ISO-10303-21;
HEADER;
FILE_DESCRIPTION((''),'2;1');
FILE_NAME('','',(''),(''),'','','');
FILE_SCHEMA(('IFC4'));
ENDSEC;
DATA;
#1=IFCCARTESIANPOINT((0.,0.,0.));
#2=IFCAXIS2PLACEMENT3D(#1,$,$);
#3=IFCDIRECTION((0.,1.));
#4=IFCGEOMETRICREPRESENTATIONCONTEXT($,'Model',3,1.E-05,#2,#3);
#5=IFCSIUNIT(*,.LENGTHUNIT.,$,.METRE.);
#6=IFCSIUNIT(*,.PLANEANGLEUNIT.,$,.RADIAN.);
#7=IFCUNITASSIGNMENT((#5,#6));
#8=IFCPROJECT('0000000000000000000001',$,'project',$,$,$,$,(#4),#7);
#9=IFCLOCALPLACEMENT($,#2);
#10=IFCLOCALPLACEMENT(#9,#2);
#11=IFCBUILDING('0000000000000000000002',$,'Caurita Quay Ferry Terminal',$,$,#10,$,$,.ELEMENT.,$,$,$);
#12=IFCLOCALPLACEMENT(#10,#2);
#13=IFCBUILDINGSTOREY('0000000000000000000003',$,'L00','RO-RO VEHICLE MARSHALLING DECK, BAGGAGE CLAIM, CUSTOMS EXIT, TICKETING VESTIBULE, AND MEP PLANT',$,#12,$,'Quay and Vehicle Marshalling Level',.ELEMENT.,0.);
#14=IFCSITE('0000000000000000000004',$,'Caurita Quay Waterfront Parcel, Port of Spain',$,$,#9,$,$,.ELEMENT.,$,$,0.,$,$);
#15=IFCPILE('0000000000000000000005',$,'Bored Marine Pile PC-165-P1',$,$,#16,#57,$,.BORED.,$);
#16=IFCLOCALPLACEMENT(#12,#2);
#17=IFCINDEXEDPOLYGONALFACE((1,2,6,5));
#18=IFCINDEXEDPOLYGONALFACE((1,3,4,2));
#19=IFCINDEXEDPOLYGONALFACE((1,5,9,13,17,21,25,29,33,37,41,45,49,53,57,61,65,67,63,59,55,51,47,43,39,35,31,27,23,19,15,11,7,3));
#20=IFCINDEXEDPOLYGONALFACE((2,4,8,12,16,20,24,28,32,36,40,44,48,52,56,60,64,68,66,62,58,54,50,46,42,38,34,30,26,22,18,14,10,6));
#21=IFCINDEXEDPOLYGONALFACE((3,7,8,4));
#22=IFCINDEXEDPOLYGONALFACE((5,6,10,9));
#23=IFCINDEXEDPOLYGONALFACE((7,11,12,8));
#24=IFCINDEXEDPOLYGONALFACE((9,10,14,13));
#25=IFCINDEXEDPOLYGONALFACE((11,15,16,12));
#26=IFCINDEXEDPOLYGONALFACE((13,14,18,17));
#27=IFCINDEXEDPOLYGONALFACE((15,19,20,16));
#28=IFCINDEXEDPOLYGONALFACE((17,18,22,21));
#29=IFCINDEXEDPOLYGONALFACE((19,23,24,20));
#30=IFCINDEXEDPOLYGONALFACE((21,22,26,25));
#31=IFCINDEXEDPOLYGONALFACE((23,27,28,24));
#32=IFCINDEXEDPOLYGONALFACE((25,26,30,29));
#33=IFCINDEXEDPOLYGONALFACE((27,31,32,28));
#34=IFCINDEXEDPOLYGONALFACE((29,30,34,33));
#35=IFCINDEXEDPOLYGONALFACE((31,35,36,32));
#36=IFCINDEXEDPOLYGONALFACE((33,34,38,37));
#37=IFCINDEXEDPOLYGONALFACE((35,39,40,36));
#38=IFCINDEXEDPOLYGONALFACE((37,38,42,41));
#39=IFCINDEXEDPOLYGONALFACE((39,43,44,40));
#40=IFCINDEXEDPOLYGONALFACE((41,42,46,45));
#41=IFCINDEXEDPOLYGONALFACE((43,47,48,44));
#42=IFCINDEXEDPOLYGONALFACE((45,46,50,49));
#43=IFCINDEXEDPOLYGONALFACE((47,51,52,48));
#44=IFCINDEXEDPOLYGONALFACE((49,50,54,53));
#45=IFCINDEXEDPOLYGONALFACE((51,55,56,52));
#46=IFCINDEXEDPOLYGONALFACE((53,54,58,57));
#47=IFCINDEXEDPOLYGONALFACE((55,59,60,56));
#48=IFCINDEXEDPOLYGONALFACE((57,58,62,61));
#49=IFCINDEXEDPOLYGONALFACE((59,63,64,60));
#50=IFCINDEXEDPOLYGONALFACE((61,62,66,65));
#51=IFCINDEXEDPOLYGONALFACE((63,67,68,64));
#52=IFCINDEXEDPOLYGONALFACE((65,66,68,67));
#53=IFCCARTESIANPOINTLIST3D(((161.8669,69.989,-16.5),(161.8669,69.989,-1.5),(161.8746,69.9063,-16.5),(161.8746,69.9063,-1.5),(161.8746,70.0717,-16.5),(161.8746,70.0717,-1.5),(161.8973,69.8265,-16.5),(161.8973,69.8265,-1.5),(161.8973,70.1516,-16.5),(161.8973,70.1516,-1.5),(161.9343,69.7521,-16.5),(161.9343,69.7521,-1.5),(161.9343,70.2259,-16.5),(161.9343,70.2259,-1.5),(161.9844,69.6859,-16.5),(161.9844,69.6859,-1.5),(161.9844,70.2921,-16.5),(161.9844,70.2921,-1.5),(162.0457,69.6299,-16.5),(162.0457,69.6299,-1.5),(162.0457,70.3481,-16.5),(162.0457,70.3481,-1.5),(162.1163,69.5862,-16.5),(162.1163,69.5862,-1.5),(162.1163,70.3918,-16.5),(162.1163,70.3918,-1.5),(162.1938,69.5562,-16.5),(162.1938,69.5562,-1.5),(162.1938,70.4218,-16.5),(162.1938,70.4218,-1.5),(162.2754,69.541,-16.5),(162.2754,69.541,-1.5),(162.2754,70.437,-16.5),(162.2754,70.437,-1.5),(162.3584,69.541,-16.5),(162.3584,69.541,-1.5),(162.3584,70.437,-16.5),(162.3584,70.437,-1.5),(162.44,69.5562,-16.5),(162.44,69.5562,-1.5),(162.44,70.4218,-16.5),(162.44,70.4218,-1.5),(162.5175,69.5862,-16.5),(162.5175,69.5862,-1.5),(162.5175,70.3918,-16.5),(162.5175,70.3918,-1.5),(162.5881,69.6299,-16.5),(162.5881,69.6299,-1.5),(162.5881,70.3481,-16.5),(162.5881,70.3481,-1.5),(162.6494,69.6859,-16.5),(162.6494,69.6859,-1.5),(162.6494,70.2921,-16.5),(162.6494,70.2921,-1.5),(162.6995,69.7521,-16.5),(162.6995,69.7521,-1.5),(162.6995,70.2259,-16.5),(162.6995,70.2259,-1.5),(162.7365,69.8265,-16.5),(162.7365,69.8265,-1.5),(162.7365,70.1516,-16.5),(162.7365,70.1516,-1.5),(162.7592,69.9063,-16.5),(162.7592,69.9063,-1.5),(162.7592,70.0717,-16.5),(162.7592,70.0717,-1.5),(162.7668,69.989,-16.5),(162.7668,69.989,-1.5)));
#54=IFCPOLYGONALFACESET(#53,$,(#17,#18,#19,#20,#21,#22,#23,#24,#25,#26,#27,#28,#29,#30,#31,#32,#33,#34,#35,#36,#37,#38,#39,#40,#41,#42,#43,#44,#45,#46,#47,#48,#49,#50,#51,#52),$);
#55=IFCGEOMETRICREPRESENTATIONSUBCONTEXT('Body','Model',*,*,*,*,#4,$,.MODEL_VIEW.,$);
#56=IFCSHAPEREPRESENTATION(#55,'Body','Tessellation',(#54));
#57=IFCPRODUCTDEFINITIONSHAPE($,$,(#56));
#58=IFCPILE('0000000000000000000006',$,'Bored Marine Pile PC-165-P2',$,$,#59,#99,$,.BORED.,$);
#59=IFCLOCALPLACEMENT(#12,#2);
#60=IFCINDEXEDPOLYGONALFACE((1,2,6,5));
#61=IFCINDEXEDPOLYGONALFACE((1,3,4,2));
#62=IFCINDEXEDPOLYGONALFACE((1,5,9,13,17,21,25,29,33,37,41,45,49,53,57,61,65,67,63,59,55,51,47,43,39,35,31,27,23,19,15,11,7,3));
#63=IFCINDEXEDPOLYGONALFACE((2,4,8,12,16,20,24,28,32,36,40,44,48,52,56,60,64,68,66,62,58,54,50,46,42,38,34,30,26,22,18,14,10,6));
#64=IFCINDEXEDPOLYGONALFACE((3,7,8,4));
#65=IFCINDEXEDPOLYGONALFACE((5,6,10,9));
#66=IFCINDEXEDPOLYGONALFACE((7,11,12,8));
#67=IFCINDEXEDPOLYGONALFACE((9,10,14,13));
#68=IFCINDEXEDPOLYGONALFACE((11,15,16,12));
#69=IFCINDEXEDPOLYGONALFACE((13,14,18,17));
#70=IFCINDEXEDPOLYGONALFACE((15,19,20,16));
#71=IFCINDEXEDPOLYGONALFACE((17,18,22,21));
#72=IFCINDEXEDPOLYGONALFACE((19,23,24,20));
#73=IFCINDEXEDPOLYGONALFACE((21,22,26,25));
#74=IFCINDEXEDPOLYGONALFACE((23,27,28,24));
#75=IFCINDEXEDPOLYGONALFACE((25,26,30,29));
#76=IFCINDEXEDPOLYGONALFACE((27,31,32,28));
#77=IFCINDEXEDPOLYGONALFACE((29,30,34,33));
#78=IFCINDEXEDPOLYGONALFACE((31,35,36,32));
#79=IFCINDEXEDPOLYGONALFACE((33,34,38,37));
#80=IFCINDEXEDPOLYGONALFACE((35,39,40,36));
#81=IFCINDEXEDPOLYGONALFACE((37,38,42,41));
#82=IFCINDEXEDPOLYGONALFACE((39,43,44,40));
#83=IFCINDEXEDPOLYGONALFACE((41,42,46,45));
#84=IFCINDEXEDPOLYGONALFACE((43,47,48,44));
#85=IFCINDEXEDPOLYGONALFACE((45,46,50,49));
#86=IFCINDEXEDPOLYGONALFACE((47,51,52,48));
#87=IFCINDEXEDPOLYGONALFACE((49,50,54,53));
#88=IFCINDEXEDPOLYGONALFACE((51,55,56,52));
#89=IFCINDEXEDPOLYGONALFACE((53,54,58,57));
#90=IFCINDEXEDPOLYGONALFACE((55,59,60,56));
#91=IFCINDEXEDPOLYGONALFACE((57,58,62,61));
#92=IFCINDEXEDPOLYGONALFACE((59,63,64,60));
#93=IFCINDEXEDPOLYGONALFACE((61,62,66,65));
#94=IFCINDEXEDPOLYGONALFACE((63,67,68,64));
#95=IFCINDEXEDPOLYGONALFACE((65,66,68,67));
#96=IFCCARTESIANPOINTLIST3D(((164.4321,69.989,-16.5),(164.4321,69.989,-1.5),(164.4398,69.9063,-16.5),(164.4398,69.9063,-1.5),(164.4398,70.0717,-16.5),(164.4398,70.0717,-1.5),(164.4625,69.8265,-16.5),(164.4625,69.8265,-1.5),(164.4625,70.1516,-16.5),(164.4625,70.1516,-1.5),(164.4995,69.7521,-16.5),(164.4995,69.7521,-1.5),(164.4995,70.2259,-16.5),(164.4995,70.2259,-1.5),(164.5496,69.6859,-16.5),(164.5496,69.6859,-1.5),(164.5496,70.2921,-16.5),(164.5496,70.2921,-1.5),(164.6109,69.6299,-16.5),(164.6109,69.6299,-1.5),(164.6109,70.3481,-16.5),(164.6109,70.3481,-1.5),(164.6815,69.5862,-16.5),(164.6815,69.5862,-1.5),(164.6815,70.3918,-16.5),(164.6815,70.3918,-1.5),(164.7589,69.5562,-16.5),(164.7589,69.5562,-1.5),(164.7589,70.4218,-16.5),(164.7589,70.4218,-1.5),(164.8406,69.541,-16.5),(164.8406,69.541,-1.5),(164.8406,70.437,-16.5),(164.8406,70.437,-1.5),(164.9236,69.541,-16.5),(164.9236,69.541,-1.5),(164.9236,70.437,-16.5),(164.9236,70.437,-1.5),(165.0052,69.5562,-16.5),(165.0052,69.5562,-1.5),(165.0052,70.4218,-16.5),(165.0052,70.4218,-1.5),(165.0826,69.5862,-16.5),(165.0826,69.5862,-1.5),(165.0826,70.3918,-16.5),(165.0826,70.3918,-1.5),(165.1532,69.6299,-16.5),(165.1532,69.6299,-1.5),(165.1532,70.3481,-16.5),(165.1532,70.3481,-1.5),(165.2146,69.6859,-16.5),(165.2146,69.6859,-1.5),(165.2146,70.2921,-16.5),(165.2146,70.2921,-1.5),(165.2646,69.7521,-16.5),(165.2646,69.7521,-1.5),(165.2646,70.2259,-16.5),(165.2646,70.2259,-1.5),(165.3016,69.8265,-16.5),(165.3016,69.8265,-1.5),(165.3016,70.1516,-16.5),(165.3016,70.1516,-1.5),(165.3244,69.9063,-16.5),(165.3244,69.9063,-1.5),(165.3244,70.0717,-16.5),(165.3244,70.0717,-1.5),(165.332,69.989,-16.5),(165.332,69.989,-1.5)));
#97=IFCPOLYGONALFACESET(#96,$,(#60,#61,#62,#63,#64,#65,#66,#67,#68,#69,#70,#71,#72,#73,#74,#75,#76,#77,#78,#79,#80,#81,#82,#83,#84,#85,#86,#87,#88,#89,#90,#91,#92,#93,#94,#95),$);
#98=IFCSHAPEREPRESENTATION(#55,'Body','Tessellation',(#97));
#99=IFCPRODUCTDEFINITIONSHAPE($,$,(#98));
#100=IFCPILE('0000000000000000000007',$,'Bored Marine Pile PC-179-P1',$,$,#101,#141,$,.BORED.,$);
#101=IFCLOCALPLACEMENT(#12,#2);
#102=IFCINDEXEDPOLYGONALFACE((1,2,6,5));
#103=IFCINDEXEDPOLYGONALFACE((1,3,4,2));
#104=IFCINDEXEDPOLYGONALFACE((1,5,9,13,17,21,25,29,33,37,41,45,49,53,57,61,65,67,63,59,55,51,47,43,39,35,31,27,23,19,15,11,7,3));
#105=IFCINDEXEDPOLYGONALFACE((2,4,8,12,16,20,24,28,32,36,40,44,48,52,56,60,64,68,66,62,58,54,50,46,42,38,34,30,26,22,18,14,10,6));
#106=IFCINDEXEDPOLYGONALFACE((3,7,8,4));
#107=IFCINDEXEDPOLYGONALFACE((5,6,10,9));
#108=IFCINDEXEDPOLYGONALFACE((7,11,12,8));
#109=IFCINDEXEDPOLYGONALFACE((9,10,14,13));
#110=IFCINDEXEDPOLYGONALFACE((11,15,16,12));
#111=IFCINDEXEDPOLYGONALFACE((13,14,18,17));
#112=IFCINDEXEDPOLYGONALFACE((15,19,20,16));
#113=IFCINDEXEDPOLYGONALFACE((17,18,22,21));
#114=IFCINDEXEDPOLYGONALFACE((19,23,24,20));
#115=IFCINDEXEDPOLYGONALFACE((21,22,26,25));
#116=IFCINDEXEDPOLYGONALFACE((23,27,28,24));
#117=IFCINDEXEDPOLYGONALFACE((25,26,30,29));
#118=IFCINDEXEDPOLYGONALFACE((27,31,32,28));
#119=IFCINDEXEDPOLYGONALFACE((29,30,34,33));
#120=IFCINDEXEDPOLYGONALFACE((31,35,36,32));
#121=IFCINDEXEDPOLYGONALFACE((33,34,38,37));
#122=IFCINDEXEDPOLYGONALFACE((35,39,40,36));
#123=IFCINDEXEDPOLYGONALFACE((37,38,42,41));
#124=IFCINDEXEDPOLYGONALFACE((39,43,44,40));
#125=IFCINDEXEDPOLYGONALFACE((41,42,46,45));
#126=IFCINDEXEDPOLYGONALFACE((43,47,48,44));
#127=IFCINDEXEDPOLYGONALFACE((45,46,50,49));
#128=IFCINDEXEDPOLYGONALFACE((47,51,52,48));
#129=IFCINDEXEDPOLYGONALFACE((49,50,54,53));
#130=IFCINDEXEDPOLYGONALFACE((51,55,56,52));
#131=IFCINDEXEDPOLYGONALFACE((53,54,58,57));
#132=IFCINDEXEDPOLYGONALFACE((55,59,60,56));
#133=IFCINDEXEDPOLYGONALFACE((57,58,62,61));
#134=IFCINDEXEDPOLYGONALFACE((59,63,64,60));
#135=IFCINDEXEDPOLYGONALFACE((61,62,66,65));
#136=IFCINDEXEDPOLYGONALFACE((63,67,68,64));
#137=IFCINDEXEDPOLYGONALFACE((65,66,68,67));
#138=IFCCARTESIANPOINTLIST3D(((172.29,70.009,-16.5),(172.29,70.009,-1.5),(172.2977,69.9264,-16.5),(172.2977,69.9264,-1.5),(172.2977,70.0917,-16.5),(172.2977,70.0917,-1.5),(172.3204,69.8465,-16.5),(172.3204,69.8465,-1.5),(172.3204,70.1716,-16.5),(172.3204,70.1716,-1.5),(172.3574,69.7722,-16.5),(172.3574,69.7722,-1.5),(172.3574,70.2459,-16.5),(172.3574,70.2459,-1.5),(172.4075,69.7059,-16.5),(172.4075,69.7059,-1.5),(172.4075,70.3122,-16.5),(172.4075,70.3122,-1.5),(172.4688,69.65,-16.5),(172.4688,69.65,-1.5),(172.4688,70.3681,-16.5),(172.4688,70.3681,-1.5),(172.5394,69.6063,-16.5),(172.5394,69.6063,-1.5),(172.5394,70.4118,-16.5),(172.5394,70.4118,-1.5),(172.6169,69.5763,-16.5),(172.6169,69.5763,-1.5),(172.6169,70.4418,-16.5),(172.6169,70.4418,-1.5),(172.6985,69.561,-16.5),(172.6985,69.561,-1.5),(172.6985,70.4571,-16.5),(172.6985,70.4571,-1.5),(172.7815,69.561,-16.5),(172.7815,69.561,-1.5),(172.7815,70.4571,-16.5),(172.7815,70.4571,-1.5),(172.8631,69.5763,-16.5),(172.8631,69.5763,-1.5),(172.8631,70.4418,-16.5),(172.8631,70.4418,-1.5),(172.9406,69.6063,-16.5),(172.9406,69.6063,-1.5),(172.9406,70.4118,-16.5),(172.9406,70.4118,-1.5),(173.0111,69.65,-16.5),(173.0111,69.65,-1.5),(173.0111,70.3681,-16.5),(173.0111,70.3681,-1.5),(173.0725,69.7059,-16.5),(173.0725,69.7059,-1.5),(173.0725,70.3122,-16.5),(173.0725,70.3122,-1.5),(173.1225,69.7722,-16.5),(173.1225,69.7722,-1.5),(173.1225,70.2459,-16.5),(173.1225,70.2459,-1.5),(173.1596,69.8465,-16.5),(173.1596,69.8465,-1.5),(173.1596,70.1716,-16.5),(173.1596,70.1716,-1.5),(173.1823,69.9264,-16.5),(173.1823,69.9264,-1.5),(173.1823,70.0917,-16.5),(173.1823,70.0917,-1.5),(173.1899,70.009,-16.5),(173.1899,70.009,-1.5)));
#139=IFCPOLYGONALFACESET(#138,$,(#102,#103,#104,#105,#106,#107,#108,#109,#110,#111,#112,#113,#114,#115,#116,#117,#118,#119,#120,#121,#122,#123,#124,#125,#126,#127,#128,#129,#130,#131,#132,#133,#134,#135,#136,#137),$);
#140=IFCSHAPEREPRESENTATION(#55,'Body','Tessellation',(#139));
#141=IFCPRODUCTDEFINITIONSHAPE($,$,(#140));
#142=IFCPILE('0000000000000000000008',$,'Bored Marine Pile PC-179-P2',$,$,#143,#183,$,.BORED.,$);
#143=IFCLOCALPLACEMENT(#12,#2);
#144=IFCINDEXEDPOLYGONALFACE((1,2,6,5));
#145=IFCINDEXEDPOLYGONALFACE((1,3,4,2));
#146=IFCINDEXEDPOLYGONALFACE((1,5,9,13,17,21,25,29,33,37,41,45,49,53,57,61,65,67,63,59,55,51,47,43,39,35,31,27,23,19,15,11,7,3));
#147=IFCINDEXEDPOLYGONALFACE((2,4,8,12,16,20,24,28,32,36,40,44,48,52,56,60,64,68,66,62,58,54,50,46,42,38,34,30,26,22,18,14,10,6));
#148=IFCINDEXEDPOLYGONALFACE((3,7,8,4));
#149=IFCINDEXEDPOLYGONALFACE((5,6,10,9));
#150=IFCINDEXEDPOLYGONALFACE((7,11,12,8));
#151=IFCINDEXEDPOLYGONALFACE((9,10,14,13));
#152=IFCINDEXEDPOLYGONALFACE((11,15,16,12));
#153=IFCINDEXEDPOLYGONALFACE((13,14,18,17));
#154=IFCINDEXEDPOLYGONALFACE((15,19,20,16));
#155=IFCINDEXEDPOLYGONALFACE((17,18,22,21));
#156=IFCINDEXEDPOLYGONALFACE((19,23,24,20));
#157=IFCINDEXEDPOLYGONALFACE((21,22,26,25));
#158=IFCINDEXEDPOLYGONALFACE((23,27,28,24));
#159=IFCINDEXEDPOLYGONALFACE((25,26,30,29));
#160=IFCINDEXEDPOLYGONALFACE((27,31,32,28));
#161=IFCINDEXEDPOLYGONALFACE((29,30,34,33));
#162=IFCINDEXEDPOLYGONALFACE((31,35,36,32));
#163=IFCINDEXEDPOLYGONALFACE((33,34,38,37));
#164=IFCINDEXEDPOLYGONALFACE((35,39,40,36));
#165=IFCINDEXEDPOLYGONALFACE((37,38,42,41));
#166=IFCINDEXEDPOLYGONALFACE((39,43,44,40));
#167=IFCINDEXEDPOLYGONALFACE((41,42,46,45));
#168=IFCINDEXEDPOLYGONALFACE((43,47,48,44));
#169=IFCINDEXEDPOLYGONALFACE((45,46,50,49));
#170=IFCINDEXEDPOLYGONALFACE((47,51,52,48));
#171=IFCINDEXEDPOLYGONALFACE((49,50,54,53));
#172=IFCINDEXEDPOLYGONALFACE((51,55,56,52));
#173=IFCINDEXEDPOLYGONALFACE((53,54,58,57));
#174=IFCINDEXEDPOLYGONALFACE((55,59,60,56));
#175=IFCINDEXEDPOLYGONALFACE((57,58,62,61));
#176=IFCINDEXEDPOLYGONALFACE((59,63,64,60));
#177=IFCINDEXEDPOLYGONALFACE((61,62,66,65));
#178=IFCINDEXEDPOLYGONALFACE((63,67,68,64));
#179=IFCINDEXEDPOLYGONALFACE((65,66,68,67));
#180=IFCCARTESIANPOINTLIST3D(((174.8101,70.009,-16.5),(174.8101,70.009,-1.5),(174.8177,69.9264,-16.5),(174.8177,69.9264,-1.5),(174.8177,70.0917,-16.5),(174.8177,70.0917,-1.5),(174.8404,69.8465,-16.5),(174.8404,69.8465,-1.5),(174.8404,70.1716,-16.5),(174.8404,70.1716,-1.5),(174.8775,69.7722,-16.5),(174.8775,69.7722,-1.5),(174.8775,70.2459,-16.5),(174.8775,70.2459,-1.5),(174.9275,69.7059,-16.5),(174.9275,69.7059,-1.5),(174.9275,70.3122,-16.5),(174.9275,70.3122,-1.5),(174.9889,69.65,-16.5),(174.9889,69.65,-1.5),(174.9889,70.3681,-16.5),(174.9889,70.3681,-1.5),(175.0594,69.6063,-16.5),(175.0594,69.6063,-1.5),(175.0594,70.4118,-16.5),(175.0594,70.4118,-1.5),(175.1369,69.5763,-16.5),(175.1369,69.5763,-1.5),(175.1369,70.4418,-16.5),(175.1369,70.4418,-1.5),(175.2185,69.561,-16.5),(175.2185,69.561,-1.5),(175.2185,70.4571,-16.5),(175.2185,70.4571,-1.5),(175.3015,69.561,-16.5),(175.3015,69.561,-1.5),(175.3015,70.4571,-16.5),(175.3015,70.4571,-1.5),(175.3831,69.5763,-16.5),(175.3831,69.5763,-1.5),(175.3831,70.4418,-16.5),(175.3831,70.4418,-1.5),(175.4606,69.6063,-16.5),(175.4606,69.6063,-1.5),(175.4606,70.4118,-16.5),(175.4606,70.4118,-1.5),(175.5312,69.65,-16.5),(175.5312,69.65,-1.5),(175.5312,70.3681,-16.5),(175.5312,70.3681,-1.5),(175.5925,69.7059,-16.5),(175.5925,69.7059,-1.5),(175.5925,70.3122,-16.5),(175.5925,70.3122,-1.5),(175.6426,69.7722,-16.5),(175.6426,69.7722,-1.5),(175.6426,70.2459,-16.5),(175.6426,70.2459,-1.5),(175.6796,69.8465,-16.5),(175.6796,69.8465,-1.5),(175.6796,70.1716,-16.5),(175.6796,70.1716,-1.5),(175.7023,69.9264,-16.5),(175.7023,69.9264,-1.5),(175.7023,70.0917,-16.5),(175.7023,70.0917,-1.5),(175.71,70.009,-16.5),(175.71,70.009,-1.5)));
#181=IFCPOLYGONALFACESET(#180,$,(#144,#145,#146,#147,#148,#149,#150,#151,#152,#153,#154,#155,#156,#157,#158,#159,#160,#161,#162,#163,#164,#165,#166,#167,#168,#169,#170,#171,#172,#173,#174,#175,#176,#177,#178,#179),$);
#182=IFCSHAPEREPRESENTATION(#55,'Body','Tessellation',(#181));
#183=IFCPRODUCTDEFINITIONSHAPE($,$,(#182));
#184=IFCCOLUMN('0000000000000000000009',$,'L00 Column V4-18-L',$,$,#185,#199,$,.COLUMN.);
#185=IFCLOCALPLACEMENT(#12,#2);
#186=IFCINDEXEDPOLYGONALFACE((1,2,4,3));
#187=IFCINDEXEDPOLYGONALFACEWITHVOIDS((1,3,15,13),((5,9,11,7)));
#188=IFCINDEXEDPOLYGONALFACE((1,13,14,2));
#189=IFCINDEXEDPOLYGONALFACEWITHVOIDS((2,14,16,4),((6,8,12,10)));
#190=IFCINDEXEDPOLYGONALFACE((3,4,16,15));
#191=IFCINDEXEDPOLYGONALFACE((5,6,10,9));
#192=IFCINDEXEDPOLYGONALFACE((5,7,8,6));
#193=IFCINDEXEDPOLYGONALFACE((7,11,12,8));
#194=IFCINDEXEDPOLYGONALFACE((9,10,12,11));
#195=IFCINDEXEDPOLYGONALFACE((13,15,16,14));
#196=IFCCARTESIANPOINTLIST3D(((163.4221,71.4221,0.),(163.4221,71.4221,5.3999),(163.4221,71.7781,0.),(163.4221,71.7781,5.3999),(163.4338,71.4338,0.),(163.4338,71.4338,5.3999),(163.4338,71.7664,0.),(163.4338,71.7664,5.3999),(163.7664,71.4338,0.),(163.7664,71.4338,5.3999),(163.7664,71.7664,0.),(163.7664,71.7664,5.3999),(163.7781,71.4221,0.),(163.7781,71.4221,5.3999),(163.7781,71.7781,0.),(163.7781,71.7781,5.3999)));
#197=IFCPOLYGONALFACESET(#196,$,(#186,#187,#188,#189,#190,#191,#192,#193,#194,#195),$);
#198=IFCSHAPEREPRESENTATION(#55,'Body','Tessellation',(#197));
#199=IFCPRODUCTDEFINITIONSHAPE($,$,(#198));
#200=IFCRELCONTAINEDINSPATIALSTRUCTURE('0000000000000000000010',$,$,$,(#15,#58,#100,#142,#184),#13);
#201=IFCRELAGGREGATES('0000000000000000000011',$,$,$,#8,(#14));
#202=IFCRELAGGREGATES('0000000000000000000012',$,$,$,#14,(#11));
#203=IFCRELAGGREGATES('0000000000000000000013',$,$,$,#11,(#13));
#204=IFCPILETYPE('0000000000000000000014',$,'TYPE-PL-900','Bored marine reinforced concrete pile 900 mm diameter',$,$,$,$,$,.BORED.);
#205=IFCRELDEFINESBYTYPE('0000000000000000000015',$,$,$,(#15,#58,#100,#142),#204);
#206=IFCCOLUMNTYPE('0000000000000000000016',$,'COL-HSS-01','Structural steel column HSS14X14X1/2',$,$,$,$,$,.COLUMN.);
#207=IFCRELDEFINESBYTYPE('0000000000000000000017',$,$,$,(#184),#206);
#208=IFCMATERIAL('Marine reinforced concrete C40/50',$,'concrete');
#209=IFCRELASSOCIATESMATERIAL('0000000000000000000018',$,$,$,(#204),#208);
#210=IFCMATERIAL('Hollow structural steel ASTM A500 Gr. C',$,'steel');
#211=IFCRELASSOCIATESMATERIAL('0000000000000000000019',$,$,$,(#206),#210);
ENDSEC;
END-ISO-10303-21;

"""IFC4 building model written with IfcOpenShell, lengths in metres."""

from ifc_helpers import new_model, si_unit, direction, frame, origin, origin_2d, place, context, subcontext, project, spatial, hollow_rectangle, circle, extrude, material, material_profile, profile_set, type_object, element, save


model = new_model("IFC4")

# Units and contexts
model_context = context("Model", 3, precision=1e-05, world=origin(), true_north=direction((0.0, 1.0)))
body_context = subcontext(model_context, "Body", "Model", "MODEL_VIEW")
ifc_project = project(units=[si_unit("LENGTHUNIT", "METRE"), si_unit("PLANEANGLEUNIT", "RADIAN")], contexts=[model_context])

# Site, building, storey
site_placement = place(None, origin())
site = spatial("IfcSite", under=ifc_project, at=site_placement, Name="Caurita Quay Waterfront Parcel, Port of Spain", CompositionType="ELEMENT", RefElevation=0.0)
building_placement = place(site_placement, origin())
building = spatial("IfcBuilding", under=site, at=building_placement, Name="Caurita Quay Ferry Terminal", CompositionType="ELEMENT")
storey_placement = place(building_placement, origin())
storey = spatial("IfcBuildingStorey", under=building, at=storey_placement, Name="L00", Description="RO-RO VEHICLE MARSHALLING DECK, BAGGAGE CLAIM, CUSTOMS EXIT, TICKETING VESTIBULE, AND MEP PLANT", LongName="Quay and Vehicle Marshalling Level", CompositionType="ELEMENT", Elevation=0.0)

# Piles
ifc_material_1 = material(Name="Marine reinforced concrete C40/50", Category="concrete")
ifc_material_profile_1 = material_profile(ifc_material_1, circle(Radius=0.45, at=origin_2d()), Name="PILE-D900")
ifc_profile_set_1 = profile_set([ifc_material_profile_1], Name="Marine reinforced concrete C40/50")
pile_type = type_object("IfcPileType", Name="TYPE-PL-900", Description="Bored marine reinforced concrete pile 900 mm diameter", PredefinedType="BORED", material=ifc_profile_set_1)
for number, where, z_axis, x_axis, name in (
    (1, (162.3169, 69.989, -1.5), (0.0, 0.0, -1.0), (1.0, 0.0, 0.0), "Bored Marine Pile PC-165-P1"),
    (2, (164.8821, 69.989, -1.5), (0.0, 0.0, -1.0), (1.0, 0.0, 0.0), "Bored Marine Pile PC-165-P2"),
    (3, (172.74, 70.009, -1.5), (0.0, 0.0, -1.0), (1.0, 0.0, 0.0), "Bored Marine Pile PC-179-P1"),
    (4, (175.26, 70.009, -1.5), (0.0, 0.0, -1.0), (1.0, 0.0, 0.0), "Bored Marine Pile PC-179-P2"),
):
    element("IfcPile", number, at=place(storey_placement, frame(where, z_axis=z_axis, x_axis=x_axis)), inside=storey, type_object=pile_type, Name=name, PredefinedType="BORED", context=body_context, shape_type="SweptSolid", body=[
        extrude(circle(Radius=0.45, at=origin_2d()), origin(), (0.0, 0.0, 1.0), 15.0),
    ])

# Column
ifc_material_2 = material(Name="Hollow structural steel ASTM A500 Gr. C", Category="steel")
ifc_material_profile_2 = material_profile(ifc_material_2, hollow_rectangle(XDim=0.356, YDim=0.356, WallThickness=0.0117, at=origin_2d()), Name="HSS14X14X1/2")
ifc_profile_set_2 = profile_set([ifc_material_profile_2], Name="Hollow structural steel ASTM A500 Gr. C")
column_type_1 = type_object("IfcColumnType", Name="COL-HSS-01", Description="Structural steel column HSS14X14X1/2", PredefinedType="COLUMN", material=ifc_profile_set_2)
for number, where, z_axis, x_axis, name in (
    (5, (163.6001, 71.6001, 0.0), (0.0, 0.0, 1.0), (1.0, 0.0, 0.0), "L00 Column V4-18-L"),
):
    element("IfcColumn", number, at=place(storey_placement, frame(where, z_axis=z_axis, x_axis=x_axis)), inside=storey, type_object=column_type_1, Name=name, PredefinedType="COLUMN", context=body_context, shape_type="SweptSolid", body=[
        extrude(hollow_rectangle(XDim=0.356, YDim=0.356, WallThickness=0.0117, at=origin_2d()), origin(), (0.0, 0.0, 1.0), 5.3999),
    ])

save(model, "model.ifc")
